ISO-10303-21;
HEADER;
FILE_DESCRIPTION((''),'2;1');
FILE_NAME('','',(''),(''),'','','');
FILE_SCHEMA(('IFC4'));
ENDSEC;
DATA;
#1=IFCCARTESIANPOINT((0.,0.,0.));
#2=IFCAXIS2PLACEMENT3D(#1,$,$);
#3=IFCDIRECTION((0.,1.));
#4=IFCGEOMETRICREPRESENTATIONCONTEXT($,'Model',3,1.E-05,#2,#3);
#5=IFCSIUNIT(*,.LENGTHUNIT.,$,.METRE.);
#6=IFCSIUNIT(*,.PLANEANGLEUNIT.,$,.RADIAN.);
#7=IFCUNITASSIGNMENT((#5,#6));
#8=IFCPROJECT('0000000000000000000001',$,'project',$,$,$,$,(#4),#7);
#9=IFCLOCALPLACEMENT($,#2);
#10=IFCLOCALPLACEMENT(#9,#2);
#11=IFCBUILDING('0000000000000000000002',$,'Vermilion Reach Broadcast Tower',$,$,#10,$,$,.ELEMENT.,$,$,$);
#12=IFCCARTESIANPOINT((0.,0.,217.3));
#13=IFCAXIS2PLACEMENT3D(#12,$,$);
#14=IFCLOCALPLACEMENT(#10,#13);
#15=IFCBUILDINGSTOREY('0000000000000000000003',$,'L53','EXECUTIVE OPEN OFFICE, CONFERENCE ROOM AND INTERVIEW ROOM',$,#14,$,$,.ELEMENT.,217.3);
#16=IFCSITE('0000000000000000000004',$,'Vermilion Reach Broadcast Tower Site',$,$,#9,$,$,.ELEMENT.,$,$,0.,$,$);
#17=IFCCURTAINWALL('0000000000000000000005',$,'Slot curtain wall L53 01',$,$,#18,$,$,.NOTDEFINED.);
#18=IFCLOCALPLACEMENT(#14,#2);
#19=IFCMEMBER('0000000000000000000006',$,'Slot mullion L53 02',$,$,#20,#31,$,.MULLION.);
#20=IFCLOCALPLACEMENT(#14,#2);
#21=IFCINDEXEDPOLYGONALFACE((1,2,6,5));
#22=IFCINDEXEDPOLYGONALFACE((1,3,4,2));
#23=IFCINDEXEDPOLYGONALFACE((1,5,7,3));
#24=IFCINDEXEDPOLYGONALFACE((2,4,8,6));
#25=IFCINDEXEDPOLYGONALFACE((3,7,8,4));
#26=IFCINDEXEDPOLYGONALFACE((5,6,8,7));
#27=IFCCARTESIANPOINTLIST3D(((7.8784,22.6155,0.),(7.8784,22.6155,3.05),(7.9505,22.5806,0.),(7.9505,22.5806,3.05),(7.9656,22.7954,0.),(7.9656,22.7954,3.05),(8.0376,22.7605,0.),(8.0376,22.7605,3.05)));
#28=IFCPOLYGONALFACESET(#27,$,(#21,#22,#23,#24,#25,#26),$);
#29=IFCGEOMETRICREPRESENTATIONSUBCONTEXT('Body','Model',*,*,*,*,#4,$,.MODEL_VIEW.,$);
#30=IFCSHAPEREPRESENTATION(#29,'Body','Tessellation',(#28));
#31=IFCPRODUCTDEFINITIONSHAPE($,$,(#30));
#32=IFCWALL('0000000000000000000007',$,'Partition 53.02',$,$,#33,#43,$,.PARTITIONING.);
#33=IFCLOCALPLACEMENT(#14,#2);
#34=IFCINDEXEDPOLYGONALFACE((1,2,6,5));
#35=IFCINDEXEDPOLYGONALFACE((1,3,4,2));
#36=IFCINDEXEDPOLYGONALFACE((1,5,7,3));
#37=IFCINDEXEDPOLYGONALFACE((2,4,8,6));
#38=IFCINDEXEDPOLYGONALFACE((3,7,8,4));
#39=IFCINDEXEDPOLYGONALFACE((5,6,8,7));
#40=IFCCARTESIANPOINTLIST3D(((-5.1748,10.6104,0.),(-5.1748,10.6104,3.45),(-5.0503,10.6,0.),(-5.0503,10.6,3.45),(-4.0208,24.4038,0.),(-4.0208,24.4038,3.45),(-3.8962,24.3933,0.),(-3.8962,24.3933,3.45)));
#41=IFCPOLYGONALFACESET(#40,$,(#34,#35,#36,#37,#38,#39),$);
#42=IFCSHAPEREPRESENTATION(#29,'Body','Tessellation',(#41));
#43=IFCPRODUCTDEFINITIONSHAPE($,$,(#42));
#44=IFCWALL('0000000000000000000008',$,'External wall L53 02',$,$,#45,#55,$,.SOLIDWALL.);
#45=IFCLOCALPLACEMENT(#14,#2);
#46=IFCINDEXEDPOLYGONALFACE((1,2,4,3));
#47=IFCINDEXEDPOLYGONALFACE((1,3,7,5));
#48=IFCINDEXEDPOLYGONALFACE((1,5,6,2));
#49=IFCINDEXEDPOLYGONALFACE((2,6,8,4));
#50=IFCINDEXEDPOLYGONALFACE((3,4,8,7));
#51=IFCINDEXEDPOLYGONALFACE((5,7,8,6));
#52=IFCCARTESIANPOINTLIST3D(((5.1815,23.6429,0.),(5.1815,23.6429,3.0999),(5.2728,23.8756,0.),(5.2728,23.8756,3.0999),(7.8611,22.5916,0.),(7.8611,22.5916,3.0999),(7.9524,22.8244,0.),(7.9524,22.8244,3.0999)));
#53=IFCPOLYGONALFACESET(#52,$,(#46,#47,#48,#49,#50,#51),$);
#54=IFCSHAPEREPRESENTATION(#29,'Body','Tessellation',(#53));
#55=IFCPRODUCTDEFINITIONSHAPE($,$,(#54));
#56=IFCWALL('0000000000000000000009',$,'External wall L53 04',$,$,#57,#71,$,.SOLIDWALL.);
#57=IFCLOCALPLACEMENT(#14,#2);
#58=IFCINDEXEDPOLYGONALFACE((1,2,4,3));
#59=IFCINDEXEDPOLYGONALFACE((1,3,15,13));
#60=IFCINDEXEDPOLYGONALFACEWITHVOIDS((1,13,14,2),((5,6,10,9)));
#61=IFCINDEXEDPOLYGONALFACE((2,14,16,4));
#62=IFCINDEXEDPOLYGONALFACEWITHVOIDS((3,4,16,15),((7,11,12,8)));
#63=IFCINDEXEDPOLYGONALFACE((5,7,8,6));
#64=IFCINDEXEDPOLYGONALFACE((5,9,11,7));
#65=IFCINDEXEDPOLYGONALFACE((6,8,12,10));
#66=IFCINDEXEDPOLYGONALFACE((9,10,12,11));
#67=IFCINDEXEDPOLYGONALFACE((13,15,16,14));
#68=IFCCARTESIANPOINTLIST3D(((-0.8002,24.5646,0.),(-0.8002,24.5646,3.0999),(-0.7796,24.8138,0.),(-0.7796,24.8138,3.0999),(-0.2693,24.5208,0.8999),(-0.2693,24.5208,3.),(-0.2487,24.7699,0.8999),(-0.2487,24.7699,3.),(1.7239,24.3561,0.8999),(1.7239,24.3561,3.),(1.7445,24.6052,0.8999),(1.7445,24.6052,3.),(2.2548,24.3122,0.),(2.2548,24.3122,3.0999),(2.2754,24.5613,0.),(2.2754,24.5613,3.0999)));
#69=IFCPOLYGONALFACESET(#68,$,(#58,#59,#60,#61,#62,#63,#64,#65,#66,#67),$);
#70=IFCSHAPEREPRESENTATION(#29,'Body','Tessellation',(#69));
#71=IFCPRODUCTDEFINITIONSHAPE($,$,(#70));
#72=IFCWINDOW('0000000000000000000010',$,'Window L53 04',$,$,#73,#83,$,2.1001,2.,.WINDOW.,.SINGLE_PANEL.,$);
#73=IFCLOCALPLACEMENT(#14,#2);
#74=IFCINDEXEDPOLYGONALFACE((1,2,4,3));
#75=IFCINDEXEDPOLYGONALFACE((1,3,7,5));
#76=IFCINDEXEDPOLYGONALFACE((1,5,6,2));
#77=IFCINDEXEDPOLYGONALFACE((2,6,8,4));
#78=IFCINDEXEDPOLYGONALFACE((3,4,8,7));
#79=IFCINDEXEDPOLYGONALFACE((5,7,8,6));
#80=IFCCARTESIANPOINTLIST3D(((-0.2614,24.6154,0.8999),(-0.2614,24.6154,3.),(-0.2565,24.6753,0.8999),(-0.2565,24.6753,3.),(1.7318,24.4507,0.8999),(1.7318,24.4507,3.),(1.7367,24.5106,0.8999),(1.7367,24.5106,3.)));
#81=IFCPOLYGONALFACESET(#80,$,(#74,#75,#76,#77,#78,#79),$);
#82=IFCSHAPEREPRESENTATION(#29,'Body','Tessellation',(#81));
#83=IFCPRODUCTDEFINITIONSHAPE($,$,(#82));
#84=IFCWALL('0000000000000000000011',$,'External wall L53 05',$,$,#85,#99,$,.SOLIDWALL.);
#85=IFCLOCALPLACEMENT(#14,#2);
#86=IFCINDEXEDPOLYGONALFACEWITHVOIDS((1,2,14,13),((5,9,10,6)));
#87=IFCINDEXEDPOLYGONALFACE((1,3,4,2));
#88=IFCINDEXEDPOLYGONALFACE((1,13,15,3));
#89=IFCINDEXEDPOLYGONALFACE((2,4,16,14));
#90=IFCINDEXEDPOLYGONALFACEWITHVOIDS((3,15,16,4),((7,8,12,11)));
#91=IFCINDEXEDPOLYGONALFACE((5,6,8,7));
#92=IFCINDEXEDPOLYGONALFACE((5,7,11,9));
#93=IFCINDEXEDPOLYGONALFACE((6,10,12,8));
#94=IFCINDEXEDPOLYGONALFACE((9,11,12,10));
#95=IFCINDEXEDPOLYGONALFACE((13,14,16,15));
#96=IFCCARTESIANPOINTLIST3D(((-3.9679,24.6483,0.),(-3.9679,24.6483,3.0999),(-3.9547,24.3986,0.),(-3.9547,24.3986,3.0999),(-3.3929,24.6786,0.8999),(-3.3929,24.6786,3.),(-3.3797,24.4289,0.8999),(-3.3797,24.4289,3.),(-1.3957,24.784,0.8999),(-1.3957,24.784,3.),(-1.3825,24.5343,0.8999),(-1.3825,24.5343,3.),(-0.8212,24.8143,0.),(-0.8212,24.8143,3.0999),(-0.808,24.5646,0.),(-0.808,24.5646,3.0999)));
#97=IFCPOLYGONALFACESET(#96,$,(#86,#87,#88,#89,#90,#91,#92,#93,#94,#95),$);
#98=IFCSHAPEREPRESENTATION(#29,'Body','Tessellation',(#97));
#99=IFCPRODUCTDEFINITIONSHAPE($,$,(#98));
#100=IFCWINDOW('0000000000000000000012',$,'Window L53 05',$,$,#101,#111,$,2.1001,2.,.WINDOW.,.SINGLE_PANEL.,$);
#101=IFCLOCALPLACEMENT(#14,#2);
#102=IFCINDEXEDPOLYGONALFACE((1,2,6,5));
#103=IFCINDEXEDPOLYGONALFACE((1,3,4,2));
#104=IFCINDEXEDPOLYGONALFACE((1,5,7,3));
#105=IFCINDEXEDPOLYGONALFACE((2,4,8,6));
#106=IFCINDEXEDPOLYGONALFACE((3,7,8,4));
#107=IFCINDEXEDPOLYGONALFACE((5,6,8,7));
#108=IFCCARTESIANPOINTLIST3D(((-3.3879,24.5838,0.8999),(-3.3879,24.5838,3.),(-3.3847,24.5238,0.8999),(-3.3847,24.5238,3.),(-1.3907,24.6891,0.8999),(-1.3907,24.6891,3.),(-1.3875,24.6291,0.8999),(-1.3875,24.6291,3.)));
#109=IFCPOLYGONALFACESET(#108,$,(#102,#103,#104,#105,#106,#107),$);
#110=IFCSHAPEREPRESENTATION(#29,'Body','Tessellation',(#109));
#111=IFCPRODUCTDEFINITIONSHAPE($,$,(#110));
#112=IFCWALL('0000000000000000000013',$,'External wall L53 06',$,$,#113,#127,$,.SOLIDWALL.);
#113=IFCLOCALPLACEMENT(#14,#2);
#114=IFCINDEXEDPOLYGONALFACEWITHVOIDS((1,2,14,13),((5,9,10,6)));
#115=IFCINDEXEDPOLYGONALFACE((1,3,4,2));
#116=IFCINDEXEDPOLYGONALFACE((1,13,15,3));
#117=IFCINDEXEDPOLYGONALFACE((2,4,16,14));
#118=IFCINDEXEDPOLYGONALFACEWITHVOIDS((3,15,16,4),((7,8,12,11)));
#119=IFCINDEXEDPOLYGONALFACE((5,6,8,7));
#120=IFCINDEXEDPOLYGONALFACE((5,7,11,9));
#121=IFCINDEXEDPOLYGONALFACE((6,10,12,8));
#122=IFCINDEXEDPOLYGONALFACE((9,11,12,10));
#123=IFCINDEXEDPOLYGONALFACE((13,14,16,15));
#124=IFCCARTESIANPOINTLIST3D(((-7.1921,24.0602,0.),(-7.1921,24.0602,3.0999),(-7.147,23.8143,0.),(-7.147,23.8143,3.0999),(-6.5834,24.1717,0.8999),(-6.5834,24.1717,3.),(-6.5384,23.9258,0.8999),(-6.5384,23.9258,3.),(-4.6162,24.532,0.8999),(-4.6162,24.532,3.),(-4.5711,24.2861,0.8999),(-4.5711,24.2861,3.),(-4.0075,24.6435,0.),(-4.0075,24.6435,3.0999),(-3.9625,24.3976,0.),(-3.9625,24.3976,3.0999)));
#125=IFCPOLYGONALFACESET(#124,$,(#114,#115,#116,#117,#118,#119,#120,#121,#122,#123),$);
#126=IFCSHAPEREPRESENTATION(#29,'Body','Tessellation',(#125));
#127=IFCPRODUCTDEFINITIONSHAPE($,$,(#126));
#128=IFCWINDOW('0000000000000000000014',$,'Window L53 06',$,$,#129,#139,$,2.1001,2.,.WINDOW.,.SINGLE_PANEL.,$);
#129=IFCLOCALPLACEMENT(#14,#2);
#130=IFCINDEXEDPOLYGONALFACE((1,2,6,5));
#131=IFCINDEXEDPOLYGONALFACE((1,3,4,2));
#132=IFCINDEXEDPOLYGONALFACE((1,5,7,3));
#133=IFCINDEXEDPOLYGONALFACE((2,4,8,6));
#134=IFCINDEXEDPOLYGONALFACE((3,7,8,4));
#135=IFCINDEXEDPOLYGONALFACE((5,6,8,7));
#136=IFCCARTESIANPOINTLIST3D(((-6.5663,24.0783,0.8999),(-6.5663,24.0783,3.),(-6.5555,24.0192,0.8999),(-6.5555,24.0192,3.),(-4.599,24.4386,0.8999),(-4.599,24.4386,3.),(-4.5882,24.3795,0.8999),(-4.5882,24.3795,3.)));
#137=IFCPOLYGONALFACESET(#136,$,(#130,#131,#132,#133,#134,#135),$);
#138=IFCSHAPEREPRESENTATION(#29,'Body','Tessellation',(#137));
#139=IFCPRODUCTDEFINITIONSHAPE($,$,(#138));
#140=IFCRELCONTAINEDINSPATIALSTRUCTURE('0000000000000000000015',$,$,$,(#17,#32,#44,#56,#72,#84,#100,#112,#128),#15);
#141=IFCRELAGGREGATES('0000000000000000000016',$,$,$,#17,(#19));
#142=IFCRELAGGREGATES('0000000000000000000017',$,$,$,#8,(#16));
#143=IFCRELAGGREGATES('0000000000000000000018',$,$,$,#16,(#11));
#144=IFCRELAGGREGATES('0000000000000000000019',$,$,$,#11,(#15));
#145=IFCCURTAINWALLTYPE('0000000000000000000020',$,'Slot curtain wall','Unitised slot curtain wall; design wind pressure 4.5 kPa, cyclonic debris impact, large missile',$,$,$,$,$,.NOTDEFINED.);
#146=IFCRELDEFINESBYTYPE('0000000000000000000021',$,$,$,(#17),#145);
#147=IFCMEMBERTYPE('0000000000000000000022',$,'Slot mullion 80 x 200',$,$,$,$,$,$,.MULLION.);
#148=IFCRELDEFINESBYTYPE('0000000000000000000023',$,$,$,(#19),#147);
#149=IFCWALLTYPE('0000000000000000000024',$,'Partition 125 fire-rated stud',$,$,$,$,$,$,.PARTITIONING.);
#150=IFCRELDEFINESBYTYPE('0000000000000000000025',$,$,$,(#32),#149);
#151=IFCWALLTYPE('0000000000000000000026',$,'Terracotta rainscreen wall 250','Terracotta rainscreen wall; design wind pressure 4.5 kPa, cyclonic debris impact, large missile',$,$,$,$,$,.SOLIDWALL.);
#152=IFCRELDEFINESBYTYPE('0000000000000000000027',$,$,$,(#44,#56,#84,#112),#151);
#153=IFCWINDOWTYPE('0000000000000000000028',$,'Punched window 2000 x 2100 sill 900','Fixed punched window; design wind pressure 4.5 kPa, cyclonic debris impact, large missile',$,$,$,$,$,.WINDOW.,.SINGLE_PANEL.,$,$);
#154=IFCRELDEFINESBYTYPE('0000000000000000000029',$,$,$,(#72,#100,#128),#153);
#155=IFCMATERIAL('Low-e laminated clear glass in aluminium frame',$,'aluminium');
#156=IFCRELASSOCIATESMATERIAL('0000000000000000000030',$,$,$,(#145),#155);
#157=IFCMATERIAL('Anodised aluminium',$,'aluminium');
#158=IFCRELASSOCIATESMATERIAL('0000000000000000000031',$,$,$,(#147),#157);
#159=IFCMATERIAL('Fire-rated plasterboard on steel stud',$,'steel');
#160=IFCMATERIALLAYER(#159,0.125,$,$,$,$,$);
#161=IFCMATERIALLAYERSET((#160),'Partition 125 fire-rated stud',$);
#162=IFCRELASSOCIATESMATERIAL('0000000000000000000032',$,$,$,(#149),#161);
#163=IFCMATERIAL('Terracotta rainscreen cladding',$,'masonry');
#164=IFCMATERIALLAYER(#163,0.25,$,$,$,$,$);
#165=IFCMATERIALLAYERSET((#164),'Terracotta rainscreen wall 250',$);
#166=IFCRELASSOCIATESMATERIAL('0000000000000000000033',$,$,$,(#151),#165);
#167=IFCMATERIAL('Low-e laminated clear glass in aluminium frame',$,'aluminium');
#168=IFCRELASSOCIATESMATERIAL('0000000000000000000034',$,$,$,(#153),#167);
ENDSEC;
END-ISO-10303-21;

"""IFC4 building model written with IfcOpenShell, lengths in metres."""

from ifc_helpers import new_model, si_unit, direction, frame, frame_2d, origin, origin_2d, place, context, subcontext, project, spatial, rectangle, extrude, material, layer, layer_set, material_profile, profile_set, type_object, element, fill, aggregate, save


model = new_model("IFC4")

# Units and contexts
model_context = context("Model", 3, precision=1e-05, world=origin(), true_north=direction((0.0, 1.0)))
body_context = subcontext(model_context, "Body", "Model", "MODEL_VIEW")
ifc_project = project(units=[si_unit("LENGTHUNIT", "METRE"), si_unit("PLANEANGLEUNIT", "RADIAN")], contexts=[model_context])

# Site, building, storey
site_placement = place(None, origin())
site = spatial("IfcSite", under=ifc_project, at=site_placement, Name="Vermilion Reach Broadcast Tower Site", CompositionType="ELEMENT", RefElevation=0.0)
building_placement = place(site_placement, origin())
building = spatial("IfcBuilding", under=site, at=building_placement, Name="Vermilion Reach Broadcast Tower", CompositionType="ELEMENT")
storey_placement = place(building_placement, frame((0.0, 0.0, 217.3)))
storey = spatial("IfcBuildingStorey", under=building, at=storey_placement, Name="L53", Description="EXECUTIVE OPEN OFFICE, CONFERENCE ROOM AND INTERVIEW ROOM", CompositionType="ELEMENT", Elevation=217.3)

# Curtain wall, member
ifc_material_1 = material(Name="Low-e laminated clear glass in aluminium frame", Category="aluminium")
curtain_wall_type = type_object("IfcCurtainWallType", Name="Slot curtain wall", Description="Unitised slot curtain wall; design wind pressure 4.5 kPa, cyclonic debris impact, large missile", PredefinedType="NOTDEFINED", material=ifc_material_1)
curtain_wall_placement = place(storey_placement, origin())
curtain_wall = element("IfcCurtainWall", 1, at=curtain_wall_placement, inside=storey, type_object=curtain_wall_type, Name="Slot curtain wall L53 01", PredefinedType="NOTDEFINED")
ifc_material_2 = material(Name="Anodised aluminium", Category="aluminium")
ifc_material_profile_1 = material_profile(ifc_material_2, rectangle(XDim=0.2, YDim=0.0801, at=origin_2d()), Name="Slot mullion 80 x 200")
ifc_profile_set_1 = profile_set([ifc_material_profile_1], Name="Anodised aluminium")
member_type = type_object("IfcMemberType", Name="Slot mullion 80 x 200", PredefinedType="MULLION", material=ifc_profile_set_1)
member_placement = place(storey_placement, frame((7.958, 22.688, 0.0), z_axis=(0.0, 0.0, 1.0), x_axis=(-0.435962, -0.899965, 0.0)))
member = element("IfcMember", 2, at=member_placement, type_object=member_type, Name="Slot mullion L53 02", PredefinedType="MULLION", context=body_context, shape_type="SweptSolid", body=[
    extrude(rectangle(XDim=0.2, YDim=0.0801, at=origin_2d()), origin(), (0.0, 0.0, 1.0), 3.05),
])
aggregate(curtain_wall, [member])

# Walls
ifc_material_3 = material(Name="Fire-rated plasterboard on steel stud", Category="steel")
ifc_layer_1 = layer(ifc_material_3, 0.125)
ifc_layer_set_1 = layer_set([ifc_layer_1], Name="Partition 125 fire-rated stud")
wall_type_1 = type_object("IfcWallType", Name="Partition 125 fire-rated stud", PredefinedType="PARTITIONING", material=ifc_layer_set_1)
wall_1_placement = place(storey_placement, frame((-3.9585, 24.3987, 0.0), z_axis=(0.0, 0.0, 1.0), x_axis=(-0.083375, -0.996518, 0.0)))
element("IfcWall", 3, at=wall_1_placement, inside=storey, type_object=wall_type_1, Name="Partition 53.02", PredefinedType="PARTITIONING", context=body_context, shape_type="SweptSolid", body=[
    extrude(rectangle(XDim=13.8416, YDim=0.125, at=frame_2d((6.9209, 0.0))), origin(), (0.0, 0.0, 1.0), 3.45),
])
ifc_material_4 = material(Name="Terracotta rainscreen cladding", Category="masonry")
ifc_layer_2 = layer(ifc_material_4, 0.25)
ifc_layer_set_2 = layer_set([ifc_layer_2], Name="Terracotta rainscreen wall 250")
wall_type_2 = type_object("IfcWallType", Name="Terracotta rainscreen wall 250", Description="Terracotta rainscreen wall; design wind pressure 4.5 kPa, cyclonic debris impact, large missile", PredefinedType="SOLIDWALL", material=ifc_layer_set_2)
wall_2_placement = place(storey_placement, frame((7.9067, 22.708, 0.0), z_axis=(0.0, 0.0, 1.0), x_axis=(-0.930925, 0.365211, 0.0)))
element("IfcWall", 4, at=wall_2_placement, inside=storey, type_object=wall_type_2, Name="External wall L53 02", PredefinedType="SOLIDWALL", context=body_context, shape_type="SweptSolid", body=[
    extrude(rectangle(XDim=2.8784, YDim=0.25, at=frame_2d((1.4392, 0.0))), origin(), (0.0, 0.0, 1.0), 3.0999),
])

# Walls, openings, windows
wall_3_placement = place(storey_placement, frame((2.2651, 24.4368, 0.0), z_axis=(0.0, 0.0, 1.0), x_axis=(-0.996603, 0.082353, 0.0)))
wall_3 = element("IfcWall", 5, at=wall_3_placement, inside=storey, type_object=wall_type_2, Name="External wall L53 04", PredefinedType="SOLIDWALL", context=body_context, shape_type="SweptSolid", body=[
    extrude(rectangle(XDim=3.0654, YDim=0.25, at=frame_2d((1.5327, 0.0))), origin(), (0.0, 0.0, 1.0), 3.0999),
])
opening_1_placement = place(wall_3_placement, frame((0.5327, 0.0, 0.8999)))
opening_1 = element("IfcOpeningElement", 6, at=opening_1_placement, cuts=wall_3, PredefinedType="OPENING", context=body_context, shape_type="SweptSolid", body=[
    extrude(rectangle(XDim=2.0, YDim=2.1001, at=frame_2d((1.0, 1.05))), frame((0.0, 0.135, 0.0), z_axis=(0.0, -1.0, 0.0), x_axis=(1.0, 0.0, 0.0)), (0.0, 0.0, 1.0), 0.27),
])
ifc_material_5 = material(Name="Low-e laminated clear glass in aluminium frame", Category="aluminium")
window_type = type_object("IfcWindowType", Name="Punched window 2000 x 2100 sill 900", Description="Fixed punched window; design wind pressure 4.5 kPa, cyclonic debris impact, large missile", PartitioningType="SINGLE_PANEL", PredefinedType="WINDOW", material=ifc_material_5)
window_1_placement = place(opening_1_placement, origin())
window_1 = element("IfcWindow", 7, at=window_1_placement, inside=storey, type_object=window_type, Name="Window L53 04", OverallHeight=2.1001, OverallWidth=2.0, PartitioningType="SINGLE_PANEL", PredefinedType="WINDOW", context=body_context, shape_type="SweptSolid", body=[
    extrude(rectangle(XDim=2.0, YDim=2.1001, at=frame_2d((1.0, 1.05))), frame((0.0, 0.03, 0.0), z_axis=(0.0, -1.0, 0.0), x_axis=(1.0, 0.0, 0.0)), (0.0, 0.0, 1.0), 0.0601),
])
fill(opening_1, window_1)
wall_4_placement = place(storey_placement, frame((-0.8145, 24.6895, 0.0), z_axis=(0.0, 0.0, 1.0), x_axis=(-0.998611, -0.052685, 0.0)))
wall_4 = element("IfcWall", 8, at=wall_4_placement, inside=storey, type_object=wall_type_2, Name="External wall L53 05", PredefinedType="SOLIDWALL", context=body_context, shape_type="SweptSolid", body=[
    extrude(rectangle(XDim=3.1511, YDim=0.25, at=frame_2d((1.5757, 0.0))), origin(), (0.0, 0.0, 1.0), 3.0999),
])
opening_2_placement = place(wall_4_placement, frame((0.5754, 0.0, 0.8999)))
opening_2 = element("IfcOpeningElement", 9, at=opening_2_placement, cuts=wall_4, PredefinedType="OPENING", context=body_context, shape_type="SweptSolid", body=[
    extrude(rectangle(XDim=2.0, YDim=2.1001, at=frame_2d((1.0, 1.05))), frame((0.0, 0.135, 0.0), z_axis=(0.0, -1.0, 0.0), x_axis=(1.0, 0.0, 0.0)), (0.0, 0.0, 1.0), 0.27),
])
window_2_placement = place(opening_2_placement, origin())
window_2 = element("IfcWindow", 10, at=window_2_placement, inside=storey, type_object=window_type, Name="Window L53 05", OverallHeight=2.1001, OverallWidth=2.0, PartitioningType="SINGLE_PANEL", PredefinedType="WINDOW", context=body_context, shape_type="SweptSolid", body=[
    extrude(rectangle(XDim=2.0, YDim=2.1001, at=frame_2d((1.0, 1.05))), frame((0.0, 0.03, 0.0), z_axis=(0.0, -1.0, 0.0), x_axis=(1.0, 0.0, 0.0)), (0.0, 0.0, 1.0), 0.0601),
])
fill(opening_2, window_2)
wall_5_placement = place(storey_placement, frame((-3.9851, 24.5205, 0.0), z_axis=(0.0, 0.0, 1.0), x_axis=(-0.983639, -0.180153, 0.0)))
wall_5 = element("IfcWall", 11, at=wall_5_placement, inside=storey, type_object=wall_type_2, Name="External wall L53 06", PredefinedType="SOLIDWALL", context=body_context, shape_type="SweptSolid", body=[
    extrude(rectangle(XDim=3.2375, YDim=0.25, at=frame_2d((1.6187, 0.0))), origin(), (0.0, 0.0, 1.0), 3.0999),
])
opening_3_placement = place(wall_5_placement, frame((0.6187, 0.0, 0.8999)))
opening_3 = element("IfcOpeningElement", 12, at=opening_3_placement, cuts=wall_5, PredefinedType="OPENING", context=body_context, shape_type="SweptSolid", body=[
    extrude(rectangle(XDim=2.0, YDim=2.1001, at=frame_2d((1.0, 1.05))), frame((0.0, 0.135, 0.0), z_axis=(0.0, -1.0, 0.0), x_axis=(1.0, 0.0, 0.0)), (0.0, 0.0, 1.0), 0.27),
])
window_3_placement = place(opening_3_placement, origin())
window_3 = element("IfcWindow", 13, at=window_3_placement, inside=storey, type_object=window_type, Name="Window L53 06", OverallHeight=2.1001, OverallWidth=2.0, PartitioningType="SINGLE_PANEL", PredefinedType="WINDOW", context=body_context, shape_type="SweptSolid", body=[
    extrude(rectangle(XDim=2.0, YDim=2.1001, at=frame_2d((1.0, 1.05))), frame((0.0, 0.03, 0.0), z_axis=(0.0, -1.0, 0.0), x_axis=(1.0, 0.0, 0.0)), (0.0, 0.0, 1.0), 0.0601),
])
fill(opening_3, window_3)

save(model, "model.ifc")
